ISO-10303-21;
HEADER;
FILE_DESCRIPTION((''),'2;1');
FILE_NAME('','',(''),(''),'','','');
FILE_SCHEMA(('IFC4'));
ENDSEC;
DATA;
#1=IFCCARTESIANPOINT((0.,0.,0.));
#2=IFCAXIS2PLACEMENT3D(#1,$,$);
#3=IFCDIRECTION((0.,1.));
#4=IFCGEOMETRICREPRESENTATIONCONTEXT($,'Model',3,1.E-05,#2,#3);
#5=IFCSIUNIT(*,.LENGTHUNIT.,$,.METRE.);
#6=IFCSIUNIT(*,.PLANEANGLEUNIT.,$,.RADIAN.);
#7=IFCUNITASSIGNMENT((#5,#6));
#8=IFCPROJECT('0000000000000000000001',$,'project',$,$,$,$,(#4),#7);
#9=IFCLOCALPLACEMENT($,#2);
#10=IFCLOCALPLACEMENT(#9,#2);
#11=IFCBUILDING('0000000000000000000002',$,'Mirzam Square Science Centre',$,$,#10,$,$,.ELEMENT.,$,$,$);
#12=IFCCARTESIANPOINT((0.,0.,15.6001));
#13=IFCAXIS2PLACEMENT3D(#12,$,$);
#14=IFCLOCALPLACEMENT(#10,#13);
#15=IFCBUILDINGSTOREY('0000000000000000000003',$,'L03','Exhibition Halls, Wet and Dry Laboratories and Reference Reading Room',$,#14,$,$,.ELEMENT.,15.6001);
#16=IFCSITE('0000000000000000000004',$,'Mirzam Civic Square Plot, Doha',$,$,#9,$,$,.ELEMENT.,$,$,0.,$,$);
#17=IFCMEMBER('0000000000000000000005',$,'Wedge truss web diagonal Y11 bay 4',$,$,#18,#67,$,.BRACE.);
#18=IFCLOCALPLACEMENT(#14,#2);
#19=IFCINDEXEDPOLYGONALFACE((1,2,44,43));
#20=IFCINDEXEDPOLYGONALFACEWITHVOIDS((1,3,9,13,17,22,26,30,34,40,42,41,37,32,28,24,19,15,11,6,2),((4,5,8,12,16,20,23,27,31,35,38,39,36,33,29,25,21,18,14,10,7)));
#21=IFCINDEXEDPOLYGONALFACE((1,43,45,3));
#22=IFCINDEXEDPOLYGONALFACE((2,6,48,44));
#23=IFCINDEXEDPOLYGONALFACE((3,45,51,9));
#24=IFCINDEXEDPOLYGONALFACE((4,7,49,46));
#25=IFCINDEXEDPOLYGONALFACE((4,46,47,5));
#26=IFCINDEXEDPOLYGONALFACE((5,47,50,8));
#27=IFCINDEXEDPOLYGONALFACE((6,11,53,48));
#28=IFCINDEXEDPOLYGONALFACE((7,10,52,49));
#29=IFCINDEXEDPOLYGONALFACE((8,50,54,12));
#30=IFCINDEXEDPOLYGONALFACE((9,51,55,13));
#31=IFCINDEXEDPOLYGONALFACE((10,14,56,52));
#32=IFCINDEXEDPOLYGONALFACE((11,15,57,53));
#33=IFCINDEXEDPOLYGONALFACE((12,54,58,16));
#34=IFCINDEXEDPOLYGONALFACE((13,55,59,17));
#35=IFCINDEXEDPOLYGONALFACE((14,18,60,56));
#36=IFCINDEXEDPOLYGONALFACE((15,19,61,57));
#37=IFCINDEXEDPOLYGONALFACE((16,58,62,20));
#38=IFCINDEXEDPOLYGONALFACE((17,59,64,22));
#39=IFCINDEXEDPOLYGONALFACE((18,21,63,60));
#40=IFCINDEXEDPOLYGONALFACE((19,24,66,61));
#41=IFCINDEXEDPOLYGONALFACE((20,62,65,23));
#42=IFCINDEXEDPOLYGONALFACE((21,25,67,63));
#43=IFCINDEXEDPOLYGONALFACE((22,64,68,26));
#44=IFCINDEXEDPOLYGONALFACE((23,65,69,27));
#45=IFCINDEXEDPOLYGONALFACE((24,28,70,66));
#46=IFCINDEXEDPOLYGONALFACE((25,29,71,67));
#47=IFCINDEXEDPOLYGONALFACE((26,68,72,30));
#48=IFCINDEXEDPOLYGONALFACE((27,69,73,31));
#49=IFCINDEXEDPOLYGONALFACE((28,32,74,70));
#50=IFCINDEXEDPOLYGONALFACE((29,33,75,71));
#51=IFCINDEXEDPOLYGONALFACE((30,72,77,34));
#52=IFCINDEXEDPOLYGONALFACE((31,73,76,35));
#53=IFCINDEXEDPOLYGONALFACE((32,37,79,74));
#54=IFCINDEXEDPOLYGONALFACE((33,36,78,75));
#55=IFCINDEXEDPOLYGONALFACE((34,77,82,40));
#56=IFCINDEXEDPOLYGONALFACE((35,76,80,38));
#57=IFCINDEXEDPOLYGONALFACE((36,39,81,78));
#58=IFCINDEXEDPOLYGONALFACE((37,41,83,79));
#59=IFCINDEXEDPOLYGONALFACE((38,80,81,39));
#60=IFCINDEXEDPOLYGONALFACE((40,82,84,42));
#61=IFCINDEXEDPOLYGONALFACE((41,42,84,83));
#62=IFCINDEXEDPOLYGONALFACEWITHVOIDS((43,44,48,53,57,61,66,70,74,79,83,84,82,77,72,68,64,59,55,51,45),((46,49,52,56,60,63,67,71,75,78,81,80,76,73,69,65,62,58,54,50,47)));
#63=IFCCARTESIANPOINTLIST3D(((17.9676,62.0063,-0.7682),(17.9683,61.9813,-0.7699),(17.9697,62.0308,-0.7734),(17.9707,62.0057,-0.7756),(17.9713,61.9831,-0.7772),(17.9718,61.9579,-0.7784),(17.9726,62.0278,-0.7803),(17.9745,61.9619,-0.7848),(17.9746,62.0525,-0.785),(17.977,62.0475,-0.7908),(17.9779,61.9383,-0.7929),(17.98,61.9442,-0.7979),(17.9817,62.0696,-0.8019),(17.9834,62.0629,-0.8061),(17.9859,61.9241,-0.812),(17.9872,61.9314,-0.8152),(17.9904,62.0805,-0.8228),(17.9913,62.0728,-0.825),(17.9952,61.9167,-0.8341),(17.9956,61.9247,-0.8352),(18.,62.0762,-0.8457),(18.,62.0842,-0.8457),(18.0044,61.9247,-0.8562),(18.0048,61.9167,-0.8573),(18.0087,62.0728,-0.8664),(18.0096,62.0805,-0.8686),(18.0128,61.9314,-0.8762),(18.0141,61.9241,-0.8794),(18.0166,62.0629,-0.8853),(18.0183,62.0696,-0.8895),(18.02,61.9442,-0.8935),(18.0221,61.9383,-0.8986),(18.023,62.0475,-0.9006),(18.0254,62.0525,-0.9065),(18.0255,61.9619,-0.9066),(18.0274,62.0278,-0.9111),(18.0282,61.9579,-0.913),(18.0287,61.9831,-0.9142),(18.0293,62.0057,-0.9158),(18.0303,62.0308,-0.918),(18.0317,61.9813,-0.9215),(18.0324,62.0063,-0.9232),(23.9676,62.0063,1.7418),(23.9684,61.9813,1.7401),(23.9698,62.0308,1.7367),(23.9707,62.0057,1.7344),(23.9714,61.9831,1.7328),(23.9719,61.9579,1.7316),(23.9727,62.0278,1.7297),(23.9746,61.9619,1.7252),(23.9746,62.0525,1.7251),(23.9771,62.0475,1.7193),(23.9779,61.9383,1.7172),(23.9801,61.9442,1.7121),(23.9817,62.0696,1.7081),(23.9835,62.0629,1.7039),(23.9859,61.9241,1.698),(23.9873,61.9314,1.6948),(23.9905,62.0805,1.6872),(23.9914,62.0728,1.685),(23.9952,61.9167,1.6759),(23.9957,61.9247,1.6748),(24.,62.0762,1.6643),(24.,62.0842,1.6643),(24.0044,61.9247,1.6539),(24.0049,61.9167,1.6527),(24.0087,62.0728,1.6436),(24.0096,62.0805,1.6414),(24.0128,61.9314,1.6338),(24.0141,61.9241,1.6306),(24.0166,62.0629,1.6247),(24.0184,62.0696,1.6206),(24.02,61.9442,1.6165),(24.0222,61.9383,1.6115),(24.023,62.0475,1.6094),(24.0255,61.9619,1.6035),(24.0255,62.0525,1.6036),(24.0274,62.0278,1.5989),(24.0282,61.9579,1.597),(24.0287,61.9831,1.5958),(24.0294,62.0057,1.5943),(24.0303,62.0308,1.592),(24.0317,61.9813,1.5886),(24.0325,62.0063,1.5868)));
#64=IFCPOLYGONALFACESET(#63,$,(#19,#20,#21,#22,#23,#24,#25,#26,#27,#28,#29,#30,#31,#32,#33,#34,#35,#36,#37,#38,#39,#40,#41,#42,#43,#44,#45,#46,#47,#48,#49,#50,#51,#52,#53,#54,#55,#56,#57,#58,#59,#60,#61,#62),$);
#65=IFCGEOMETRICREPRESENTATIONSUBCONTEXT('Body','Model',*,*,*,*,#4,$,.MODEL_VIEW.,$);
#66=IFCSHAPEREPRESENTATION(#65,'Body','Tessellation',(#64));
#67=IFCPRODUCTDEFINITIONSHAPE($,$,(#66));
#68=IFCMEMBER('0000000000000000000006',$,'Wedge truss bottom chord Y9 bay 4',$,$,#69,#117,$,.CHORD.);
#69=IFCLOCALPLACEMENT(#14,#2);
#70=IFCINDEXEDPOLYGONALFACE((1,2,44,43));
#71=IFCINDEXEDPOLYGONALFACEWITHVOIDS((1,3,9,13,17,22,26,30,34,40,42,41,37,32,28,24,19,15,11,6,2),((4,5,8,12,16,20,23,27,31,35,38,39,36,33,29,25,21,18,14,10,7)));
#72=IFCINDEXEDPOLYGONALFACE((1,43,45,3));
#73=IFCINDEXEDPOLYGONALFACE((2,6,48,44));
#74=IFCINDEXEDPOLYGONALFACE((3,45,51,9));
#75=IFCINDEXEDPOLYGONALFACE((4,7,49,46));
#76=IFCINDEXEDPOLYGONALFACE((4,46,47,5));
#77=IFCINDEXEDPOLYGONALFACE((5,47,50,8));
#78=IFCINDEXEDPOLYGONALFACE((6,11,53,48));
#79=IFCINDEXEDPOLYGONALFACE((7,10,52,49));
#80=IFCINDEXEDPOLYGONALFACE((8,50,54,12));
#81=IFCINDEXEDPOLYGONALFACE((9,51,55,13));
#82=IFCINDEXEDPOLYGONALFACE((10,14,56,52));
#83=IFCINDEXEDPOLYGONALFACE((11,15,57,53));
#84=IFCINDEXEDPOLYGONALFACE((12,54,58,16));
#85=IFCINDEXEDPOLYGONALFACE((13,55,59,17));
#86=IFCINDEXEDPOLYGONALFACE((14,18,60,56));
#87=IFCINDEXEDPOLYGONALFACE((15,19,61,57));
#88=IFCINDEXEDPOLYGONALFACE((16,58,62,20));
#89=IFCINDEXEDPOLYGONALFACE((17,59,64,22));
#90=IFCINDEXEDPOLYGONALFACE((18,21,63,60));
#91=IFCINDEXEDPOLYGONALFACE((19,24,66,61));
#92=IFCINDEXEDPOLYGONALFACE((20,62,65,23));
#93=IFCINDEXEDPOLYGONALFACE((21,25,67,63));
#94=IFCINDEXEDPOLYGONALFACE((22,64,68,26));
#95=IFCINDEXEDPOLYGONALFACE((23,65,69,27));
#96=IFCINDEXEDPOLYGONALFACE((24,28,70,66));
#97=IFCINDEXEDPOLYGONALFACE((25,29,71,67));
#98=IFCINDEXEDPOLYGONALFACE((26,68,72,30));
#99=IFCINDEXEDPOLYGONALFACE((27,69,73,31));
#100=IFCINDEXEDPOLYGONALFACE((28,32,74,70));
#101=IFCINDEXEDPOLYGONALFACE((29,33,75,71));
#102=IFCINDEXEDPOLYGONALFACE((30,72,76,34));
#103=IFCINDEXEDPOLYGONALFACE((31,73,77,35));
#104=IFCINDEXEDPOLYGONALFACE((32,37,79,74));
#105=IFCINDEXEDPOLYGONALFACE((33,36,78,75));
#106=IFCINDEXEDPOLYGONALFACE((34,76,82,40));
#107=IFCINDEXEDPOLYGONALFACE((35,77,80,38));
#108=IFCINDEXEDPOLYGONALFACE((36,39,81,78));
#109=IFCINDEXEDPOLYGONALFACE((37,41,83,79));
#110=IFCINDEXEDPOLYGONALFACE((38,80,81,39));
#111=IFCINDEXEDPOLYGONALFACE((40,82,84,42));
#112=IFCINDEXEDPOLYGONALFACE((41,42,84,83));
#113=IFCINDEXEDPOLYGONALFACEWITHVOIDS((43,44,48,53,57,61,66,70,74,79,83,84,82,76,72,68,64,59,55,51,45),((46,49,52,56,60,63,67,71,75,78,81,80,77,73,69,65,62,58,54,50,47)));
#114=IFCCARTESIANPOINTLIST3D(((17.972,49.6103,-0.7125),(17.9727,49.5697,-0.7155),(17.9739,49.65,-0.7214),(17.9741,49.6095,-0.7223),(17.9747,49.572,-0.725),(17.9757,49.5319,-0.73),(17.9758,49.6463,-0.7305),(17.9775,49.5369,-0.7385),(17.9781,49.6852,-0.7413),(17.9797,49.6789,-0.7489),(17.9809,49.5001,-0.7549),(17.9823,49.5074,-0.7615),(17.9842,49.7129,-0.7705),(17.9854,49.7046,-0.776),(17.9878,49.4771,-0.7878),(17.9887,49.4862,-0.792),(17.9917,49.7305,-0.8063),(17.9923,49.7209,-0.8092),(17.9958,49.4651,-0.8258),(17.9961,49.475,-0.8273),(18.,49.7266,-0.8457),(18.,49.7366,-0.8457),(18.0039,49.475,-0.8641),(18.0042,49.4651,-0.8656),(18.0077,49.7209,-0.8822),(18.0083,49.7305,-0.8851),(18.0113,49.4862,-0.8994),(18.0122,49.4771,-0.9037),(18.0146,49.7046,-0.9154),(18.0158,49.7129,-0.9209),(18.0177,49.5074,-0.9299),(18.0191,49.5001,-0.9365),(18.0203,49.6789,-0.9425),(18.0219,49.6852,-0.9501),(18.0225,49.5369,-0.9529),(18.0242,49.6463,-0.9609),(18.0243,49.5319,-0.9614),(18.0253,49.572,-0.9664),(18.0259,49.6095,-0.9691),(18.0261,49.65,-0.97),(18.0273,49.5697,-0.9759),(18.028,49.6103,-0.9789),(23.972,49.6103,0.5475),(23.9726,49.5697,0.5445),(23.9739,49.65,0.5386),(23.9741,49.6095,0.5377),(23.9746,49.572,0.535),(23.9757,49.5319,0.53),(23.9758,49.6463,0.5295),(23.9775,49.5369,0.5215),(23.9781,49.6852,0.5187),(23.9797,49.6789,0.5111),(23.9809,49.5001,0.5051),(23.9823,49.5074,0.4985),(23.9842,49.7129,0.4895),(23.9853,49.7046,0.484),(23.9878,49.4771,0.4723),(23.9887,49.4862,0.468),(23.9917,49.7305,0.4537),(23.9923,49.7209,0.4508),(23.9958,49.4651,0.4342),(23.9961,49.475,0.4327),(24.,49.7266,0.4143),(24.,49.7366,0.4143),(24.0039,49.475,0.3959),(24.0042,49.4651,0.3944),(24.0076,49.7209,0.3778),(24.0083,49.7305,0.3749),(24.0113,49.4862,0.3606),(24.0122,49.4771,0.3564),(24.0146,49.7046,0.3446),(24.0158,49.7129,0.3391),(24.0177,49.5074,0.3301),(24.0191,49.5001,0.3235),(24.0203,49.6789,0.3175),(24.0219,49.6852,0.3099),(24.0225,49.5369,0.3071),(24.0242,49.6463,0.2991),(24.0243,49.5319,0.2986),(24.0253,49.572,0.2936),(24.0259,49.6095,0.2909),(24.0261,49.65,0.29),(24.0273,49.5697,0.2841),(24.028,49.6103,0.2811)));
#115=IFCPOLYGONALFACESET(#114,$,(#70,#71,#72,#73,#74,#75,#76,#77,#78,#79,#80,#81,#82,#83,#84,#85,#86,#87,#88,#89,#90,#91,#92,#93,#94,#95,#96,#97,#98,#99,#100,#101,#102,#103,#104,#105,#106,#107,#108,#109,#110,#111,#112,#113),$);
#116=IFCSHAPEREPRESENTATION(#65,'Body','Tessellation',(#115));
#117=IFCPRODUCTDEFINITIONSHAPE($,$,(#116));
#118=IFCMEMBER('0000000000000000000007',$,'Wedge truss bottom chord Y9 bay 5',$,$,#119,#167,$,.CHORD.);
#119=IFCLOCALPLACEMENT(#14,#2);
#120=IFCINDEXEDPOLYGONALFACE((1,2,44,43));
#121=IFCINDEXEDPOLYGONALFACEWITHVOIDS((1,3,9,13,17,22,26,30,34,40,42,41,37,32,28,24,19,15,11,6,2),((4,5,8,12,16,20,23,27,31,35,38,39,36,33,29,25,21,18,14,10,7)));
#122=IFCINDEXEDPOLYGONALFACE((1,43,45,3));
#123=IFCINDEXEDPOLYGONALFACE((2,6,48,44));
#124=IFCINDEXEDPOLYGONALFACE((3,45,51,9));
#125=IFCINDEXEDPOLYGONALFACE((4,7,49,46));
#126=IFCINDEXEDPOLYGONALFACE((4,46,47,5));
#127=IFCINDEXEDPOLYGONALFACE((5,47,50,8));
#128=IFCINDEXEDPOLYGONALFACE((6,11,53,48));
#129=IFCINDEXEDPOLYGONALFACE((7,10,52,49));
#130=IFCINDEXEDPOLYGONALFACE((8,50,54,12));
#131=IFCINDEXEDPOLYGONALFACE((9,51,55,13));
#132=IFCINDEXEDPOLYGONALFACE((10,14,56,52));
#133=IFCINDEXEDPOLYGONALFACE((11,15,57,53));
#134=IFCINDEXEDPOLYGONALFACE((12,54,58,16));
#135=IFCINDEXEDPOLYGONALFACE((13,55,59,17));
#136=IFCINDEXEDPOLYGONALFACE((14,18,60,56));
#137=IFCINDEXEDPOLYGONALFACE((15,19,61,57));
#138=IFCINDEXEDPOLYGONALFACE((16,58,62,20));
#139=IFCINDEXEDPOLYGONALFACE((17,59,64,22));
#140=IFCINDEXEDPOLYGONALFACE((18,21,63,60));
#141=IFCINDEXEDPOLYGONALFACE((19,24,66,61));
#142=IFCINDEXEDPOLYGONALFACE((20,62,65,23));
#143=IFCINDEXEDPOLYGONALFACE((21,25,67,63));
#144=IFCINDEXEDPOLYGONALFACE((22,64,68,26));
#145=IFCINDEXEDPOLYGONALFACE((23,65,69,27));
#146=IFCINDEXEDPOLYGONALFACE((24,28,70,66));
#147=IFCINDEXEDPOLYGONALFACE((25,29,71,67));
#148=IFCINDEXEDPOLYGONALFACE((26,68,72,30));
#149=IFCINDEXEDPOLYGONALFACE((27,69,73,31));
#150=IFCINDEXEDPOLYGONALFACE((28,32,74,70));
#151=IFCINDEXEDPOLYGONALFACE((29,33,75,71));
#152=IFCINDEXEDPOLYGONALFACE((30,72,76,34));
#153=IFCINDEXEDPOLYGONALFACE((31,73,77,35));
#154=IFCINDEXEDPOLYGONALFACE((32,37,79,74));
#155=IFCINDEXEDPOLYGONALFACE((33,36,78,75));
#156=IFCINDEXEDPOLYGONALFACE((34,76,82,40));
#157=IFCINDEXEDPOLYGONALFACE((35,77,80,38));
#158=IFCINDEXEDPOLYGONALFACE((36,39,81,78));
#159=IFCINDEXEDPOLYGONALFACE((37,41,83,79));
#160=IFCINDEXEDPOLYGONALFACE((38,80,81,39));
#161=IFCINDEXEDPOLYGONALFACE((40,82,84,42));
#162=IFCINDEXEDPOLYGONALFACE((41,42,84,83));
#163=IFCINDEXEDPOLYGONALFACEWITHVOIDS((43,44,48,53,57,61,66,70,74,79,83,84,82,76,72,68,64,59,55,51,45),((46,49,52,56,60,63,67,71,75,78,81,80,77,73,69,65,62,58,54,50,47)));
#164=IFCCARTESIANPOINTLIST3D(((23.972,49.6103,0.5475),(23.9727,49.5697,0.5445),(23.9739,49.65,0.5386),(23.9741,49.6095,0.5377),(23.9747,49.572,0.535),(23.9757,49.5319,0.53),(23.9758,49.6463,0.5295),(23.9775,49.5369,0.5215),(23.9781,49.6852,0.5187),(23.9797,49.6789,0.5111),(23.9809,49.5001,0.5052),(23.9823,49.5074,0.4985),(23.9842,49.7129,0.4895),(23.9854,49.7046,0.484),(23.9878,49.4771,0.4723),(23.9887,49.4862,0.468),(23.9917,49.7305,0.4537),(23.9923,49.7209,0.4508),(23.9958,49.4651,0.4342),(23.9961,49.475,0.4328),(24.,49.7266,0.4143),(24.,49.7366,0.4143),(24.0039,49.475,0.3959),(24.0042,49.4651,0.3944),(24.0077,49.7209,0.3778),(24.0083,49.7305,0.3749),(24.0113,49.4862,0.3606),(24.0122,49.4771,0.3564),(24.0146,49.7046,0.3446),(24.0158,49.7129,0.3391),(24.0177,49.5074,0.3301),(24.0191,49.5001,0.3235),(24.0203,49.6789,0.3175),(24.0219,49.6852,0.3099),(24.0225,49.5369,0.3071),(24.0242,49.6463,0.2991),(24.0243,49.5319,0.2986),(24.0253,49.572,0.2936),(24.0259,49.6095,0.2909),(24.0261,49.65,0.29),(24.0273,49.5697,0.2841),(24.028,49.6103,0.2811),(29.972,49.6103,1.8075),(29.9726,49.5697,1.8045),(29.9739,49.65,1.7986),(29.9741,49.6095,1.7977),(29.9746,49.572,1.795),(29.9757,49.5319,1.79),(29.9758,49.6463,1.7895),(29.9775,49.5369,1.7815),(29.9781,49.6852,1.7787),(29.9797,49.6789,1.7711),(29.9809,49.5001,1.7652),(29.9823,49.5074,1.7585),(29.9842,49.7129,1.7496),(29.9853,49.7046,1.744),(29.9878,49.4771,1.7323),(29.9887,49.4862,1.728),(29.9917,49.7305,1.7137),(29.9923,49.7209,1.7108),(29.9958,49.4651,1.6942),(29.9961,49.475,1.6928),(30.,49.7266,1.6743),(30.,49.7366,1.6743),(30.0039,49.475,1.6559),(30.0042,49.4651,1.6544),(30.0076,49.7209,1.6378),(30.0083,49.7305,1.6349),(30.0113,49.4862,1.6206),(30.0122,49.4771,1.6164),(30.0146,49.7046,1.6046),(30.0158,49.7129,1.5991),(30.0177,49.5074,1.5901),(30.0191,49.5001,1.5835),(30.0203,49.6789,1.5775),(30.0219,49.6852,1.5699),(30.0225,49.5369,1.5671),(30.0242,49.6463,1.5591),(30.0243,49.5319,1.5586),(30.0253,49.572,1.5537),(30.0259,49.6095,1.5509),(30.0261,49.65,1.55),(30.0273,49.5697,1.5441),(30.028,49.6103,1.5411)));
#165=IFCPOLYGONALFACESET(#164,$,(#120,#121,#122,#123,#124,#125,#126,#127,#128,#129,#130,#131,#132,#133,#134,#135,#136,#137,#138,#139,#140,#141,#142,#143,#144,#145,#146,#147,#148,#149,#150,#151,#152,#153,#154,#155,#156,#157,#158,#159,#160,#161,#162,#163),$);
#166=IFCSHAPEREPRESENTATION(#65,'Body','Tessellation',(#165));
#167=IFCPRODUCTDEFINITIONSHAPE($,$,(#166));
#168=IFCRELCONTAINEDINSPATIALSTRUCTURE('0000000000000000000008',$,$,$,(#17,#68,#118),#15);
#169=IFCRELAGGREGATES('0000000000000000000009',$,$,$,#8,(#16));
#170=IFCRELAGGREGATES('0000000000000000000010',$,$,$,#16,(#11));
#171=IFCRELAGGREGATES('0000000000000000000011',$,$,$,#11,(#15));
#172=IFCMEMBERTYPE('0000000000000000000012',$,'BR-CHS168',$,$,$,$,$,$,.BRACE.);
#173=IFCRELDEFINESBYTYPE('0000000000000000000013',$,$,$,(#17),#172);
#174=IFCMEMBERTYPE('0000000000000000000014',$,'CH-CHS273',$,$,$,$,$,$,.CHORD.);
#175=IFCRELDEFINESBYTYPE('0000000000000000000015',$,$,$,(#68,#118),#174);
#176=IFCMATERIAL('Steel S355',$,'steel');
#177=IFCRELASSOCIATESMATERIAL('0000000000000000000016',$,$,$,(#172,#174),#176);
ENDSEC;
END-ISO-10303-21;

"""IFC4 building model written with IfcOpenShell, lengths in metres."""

from ifc_helpers import new_model, si_unit, direction, frame, origin, origin_2d, place, context, subcontext, project, spatial, hollow_circle, extrude, material, material_profile, profile_set, type_object, element, save


model = new_model("IFC4")

# Units and contexts
model_context = context("Model", 3, precision=1e-05, world=origin(), true_north=direction((0.0, 1.0)))
body_context = subcontext(model_context, "Body", "Model", "MODEL_VIEW")
ifc_project = project(units=[si_unit("LENGTHUNIT", "METRE"), si_unit("PLANEANGLEUNIT", "RADIAN")], contexts=[model_context])

# Site, building, storey
site_placement = place(None, origin())
site = spatial("IfcSite", under=ifc_project, at=site_placement, Name="Mirzam Civic Square Plot, Doha", CompositionType="ELEMENT", RefElevation=0.0)
building_placement = place(site_placement, origin())
building = spatial("IfcBuilding", under=site, at=building_placement, Name="Mirzam Square Science Centre", CompositionType="ELEMENT")
storey_placement = place(building_placement, frame((0.0, 0.0, 15.6001)))
storey = spatial("IfcBuildingStorey", under=building, at=storey_placement, Name="L03", Description="Exhibition Halls, Wet and Dry Laboratories and Reference Reading Room", CompositionType="ELEMENT", Elevation=15.6001)

# Members
ifc_material = material(Name="Steel S355", Category="steel")
ifc_material_profile_1 = material_profile(ifc_material, hollow_circle(Radius=0.0842, WallThickness=0.0081, at=origin_2d()), Name="168.3x8.0CHS")
ifc_profile_set_1 = profile_set([ifc_material_profile_1], Name="Steel S355")
member_type_1 = type_object("IfcMemberType", Name="BR-CHS168", PredefinedType="BRACE", material=ifc_profile_set_1)
member_1_placement = place(storey_placement, frame((18.0, 62.0, -0.8457), z_axis=(0.92253, 0.0, 0.385926), x_axis=(0.0, 1.0, 0.0)))
element("IfcMember", 1, at=member_1_placement, inside=storey, type_object=member_type_1, Name="Wedge truss web diagonal Y11 bay 4", PredefinedType="BRACE", context=body_context, shape_type="SweptSolid", body=[
    extrude(hollow_circle(Radius=0.0842, WallThickness=0.0081, at=origin_2d()), origin(), (0.0, 0.0, 1.0), 6.5039),
])
ifc_material_profile_2 = material_profile(ifc_material, hollow_circle(Radius=0.1365, WallThickness=0.01, at=origin_2d()), Name="273.0x10.0CHS")
ifc_profile_set_2 = profile_set([ifc_material_profile_2], Name="Steel S355")
member_type_2 = type_object("IfcMemberType", Name="CH-CHS273", PredefinedType="CHORD", material=ifc_profile_set_2)
for number, where, z_axis, x_axis, name in (
    (2, (18.0, 49.6001, -0.8457), (0.978653, 0.0, 0.205519), (0.0, 1.0, 0.0), "Wedge truss bottom chord Y9 bay 4"),
    (3, (24.0, 49.6001, 0.4143), (0.978653, 0.0, 0.205519), (0.0, 1.0, 0.0), "Wedge truss bottom chord Y9 bay 5"),
):
    element("IfcMember", number, at=place(storey_placement, frame(where, z_axis=z_axis, x_axis=x_axis)), inside=storey, type_object=member_type_2, Name=name, PredefinedType="CHORD", context=body_context, shape_type="SweptSolid", body=[
        extrude(hollow_circle(Radius=0.1365, WallThickness=0.01, at=origin_2d()), origin(), (0.0, 0.0, 1.0), 6.1309),
    ])

save(model, "model.ifc")
